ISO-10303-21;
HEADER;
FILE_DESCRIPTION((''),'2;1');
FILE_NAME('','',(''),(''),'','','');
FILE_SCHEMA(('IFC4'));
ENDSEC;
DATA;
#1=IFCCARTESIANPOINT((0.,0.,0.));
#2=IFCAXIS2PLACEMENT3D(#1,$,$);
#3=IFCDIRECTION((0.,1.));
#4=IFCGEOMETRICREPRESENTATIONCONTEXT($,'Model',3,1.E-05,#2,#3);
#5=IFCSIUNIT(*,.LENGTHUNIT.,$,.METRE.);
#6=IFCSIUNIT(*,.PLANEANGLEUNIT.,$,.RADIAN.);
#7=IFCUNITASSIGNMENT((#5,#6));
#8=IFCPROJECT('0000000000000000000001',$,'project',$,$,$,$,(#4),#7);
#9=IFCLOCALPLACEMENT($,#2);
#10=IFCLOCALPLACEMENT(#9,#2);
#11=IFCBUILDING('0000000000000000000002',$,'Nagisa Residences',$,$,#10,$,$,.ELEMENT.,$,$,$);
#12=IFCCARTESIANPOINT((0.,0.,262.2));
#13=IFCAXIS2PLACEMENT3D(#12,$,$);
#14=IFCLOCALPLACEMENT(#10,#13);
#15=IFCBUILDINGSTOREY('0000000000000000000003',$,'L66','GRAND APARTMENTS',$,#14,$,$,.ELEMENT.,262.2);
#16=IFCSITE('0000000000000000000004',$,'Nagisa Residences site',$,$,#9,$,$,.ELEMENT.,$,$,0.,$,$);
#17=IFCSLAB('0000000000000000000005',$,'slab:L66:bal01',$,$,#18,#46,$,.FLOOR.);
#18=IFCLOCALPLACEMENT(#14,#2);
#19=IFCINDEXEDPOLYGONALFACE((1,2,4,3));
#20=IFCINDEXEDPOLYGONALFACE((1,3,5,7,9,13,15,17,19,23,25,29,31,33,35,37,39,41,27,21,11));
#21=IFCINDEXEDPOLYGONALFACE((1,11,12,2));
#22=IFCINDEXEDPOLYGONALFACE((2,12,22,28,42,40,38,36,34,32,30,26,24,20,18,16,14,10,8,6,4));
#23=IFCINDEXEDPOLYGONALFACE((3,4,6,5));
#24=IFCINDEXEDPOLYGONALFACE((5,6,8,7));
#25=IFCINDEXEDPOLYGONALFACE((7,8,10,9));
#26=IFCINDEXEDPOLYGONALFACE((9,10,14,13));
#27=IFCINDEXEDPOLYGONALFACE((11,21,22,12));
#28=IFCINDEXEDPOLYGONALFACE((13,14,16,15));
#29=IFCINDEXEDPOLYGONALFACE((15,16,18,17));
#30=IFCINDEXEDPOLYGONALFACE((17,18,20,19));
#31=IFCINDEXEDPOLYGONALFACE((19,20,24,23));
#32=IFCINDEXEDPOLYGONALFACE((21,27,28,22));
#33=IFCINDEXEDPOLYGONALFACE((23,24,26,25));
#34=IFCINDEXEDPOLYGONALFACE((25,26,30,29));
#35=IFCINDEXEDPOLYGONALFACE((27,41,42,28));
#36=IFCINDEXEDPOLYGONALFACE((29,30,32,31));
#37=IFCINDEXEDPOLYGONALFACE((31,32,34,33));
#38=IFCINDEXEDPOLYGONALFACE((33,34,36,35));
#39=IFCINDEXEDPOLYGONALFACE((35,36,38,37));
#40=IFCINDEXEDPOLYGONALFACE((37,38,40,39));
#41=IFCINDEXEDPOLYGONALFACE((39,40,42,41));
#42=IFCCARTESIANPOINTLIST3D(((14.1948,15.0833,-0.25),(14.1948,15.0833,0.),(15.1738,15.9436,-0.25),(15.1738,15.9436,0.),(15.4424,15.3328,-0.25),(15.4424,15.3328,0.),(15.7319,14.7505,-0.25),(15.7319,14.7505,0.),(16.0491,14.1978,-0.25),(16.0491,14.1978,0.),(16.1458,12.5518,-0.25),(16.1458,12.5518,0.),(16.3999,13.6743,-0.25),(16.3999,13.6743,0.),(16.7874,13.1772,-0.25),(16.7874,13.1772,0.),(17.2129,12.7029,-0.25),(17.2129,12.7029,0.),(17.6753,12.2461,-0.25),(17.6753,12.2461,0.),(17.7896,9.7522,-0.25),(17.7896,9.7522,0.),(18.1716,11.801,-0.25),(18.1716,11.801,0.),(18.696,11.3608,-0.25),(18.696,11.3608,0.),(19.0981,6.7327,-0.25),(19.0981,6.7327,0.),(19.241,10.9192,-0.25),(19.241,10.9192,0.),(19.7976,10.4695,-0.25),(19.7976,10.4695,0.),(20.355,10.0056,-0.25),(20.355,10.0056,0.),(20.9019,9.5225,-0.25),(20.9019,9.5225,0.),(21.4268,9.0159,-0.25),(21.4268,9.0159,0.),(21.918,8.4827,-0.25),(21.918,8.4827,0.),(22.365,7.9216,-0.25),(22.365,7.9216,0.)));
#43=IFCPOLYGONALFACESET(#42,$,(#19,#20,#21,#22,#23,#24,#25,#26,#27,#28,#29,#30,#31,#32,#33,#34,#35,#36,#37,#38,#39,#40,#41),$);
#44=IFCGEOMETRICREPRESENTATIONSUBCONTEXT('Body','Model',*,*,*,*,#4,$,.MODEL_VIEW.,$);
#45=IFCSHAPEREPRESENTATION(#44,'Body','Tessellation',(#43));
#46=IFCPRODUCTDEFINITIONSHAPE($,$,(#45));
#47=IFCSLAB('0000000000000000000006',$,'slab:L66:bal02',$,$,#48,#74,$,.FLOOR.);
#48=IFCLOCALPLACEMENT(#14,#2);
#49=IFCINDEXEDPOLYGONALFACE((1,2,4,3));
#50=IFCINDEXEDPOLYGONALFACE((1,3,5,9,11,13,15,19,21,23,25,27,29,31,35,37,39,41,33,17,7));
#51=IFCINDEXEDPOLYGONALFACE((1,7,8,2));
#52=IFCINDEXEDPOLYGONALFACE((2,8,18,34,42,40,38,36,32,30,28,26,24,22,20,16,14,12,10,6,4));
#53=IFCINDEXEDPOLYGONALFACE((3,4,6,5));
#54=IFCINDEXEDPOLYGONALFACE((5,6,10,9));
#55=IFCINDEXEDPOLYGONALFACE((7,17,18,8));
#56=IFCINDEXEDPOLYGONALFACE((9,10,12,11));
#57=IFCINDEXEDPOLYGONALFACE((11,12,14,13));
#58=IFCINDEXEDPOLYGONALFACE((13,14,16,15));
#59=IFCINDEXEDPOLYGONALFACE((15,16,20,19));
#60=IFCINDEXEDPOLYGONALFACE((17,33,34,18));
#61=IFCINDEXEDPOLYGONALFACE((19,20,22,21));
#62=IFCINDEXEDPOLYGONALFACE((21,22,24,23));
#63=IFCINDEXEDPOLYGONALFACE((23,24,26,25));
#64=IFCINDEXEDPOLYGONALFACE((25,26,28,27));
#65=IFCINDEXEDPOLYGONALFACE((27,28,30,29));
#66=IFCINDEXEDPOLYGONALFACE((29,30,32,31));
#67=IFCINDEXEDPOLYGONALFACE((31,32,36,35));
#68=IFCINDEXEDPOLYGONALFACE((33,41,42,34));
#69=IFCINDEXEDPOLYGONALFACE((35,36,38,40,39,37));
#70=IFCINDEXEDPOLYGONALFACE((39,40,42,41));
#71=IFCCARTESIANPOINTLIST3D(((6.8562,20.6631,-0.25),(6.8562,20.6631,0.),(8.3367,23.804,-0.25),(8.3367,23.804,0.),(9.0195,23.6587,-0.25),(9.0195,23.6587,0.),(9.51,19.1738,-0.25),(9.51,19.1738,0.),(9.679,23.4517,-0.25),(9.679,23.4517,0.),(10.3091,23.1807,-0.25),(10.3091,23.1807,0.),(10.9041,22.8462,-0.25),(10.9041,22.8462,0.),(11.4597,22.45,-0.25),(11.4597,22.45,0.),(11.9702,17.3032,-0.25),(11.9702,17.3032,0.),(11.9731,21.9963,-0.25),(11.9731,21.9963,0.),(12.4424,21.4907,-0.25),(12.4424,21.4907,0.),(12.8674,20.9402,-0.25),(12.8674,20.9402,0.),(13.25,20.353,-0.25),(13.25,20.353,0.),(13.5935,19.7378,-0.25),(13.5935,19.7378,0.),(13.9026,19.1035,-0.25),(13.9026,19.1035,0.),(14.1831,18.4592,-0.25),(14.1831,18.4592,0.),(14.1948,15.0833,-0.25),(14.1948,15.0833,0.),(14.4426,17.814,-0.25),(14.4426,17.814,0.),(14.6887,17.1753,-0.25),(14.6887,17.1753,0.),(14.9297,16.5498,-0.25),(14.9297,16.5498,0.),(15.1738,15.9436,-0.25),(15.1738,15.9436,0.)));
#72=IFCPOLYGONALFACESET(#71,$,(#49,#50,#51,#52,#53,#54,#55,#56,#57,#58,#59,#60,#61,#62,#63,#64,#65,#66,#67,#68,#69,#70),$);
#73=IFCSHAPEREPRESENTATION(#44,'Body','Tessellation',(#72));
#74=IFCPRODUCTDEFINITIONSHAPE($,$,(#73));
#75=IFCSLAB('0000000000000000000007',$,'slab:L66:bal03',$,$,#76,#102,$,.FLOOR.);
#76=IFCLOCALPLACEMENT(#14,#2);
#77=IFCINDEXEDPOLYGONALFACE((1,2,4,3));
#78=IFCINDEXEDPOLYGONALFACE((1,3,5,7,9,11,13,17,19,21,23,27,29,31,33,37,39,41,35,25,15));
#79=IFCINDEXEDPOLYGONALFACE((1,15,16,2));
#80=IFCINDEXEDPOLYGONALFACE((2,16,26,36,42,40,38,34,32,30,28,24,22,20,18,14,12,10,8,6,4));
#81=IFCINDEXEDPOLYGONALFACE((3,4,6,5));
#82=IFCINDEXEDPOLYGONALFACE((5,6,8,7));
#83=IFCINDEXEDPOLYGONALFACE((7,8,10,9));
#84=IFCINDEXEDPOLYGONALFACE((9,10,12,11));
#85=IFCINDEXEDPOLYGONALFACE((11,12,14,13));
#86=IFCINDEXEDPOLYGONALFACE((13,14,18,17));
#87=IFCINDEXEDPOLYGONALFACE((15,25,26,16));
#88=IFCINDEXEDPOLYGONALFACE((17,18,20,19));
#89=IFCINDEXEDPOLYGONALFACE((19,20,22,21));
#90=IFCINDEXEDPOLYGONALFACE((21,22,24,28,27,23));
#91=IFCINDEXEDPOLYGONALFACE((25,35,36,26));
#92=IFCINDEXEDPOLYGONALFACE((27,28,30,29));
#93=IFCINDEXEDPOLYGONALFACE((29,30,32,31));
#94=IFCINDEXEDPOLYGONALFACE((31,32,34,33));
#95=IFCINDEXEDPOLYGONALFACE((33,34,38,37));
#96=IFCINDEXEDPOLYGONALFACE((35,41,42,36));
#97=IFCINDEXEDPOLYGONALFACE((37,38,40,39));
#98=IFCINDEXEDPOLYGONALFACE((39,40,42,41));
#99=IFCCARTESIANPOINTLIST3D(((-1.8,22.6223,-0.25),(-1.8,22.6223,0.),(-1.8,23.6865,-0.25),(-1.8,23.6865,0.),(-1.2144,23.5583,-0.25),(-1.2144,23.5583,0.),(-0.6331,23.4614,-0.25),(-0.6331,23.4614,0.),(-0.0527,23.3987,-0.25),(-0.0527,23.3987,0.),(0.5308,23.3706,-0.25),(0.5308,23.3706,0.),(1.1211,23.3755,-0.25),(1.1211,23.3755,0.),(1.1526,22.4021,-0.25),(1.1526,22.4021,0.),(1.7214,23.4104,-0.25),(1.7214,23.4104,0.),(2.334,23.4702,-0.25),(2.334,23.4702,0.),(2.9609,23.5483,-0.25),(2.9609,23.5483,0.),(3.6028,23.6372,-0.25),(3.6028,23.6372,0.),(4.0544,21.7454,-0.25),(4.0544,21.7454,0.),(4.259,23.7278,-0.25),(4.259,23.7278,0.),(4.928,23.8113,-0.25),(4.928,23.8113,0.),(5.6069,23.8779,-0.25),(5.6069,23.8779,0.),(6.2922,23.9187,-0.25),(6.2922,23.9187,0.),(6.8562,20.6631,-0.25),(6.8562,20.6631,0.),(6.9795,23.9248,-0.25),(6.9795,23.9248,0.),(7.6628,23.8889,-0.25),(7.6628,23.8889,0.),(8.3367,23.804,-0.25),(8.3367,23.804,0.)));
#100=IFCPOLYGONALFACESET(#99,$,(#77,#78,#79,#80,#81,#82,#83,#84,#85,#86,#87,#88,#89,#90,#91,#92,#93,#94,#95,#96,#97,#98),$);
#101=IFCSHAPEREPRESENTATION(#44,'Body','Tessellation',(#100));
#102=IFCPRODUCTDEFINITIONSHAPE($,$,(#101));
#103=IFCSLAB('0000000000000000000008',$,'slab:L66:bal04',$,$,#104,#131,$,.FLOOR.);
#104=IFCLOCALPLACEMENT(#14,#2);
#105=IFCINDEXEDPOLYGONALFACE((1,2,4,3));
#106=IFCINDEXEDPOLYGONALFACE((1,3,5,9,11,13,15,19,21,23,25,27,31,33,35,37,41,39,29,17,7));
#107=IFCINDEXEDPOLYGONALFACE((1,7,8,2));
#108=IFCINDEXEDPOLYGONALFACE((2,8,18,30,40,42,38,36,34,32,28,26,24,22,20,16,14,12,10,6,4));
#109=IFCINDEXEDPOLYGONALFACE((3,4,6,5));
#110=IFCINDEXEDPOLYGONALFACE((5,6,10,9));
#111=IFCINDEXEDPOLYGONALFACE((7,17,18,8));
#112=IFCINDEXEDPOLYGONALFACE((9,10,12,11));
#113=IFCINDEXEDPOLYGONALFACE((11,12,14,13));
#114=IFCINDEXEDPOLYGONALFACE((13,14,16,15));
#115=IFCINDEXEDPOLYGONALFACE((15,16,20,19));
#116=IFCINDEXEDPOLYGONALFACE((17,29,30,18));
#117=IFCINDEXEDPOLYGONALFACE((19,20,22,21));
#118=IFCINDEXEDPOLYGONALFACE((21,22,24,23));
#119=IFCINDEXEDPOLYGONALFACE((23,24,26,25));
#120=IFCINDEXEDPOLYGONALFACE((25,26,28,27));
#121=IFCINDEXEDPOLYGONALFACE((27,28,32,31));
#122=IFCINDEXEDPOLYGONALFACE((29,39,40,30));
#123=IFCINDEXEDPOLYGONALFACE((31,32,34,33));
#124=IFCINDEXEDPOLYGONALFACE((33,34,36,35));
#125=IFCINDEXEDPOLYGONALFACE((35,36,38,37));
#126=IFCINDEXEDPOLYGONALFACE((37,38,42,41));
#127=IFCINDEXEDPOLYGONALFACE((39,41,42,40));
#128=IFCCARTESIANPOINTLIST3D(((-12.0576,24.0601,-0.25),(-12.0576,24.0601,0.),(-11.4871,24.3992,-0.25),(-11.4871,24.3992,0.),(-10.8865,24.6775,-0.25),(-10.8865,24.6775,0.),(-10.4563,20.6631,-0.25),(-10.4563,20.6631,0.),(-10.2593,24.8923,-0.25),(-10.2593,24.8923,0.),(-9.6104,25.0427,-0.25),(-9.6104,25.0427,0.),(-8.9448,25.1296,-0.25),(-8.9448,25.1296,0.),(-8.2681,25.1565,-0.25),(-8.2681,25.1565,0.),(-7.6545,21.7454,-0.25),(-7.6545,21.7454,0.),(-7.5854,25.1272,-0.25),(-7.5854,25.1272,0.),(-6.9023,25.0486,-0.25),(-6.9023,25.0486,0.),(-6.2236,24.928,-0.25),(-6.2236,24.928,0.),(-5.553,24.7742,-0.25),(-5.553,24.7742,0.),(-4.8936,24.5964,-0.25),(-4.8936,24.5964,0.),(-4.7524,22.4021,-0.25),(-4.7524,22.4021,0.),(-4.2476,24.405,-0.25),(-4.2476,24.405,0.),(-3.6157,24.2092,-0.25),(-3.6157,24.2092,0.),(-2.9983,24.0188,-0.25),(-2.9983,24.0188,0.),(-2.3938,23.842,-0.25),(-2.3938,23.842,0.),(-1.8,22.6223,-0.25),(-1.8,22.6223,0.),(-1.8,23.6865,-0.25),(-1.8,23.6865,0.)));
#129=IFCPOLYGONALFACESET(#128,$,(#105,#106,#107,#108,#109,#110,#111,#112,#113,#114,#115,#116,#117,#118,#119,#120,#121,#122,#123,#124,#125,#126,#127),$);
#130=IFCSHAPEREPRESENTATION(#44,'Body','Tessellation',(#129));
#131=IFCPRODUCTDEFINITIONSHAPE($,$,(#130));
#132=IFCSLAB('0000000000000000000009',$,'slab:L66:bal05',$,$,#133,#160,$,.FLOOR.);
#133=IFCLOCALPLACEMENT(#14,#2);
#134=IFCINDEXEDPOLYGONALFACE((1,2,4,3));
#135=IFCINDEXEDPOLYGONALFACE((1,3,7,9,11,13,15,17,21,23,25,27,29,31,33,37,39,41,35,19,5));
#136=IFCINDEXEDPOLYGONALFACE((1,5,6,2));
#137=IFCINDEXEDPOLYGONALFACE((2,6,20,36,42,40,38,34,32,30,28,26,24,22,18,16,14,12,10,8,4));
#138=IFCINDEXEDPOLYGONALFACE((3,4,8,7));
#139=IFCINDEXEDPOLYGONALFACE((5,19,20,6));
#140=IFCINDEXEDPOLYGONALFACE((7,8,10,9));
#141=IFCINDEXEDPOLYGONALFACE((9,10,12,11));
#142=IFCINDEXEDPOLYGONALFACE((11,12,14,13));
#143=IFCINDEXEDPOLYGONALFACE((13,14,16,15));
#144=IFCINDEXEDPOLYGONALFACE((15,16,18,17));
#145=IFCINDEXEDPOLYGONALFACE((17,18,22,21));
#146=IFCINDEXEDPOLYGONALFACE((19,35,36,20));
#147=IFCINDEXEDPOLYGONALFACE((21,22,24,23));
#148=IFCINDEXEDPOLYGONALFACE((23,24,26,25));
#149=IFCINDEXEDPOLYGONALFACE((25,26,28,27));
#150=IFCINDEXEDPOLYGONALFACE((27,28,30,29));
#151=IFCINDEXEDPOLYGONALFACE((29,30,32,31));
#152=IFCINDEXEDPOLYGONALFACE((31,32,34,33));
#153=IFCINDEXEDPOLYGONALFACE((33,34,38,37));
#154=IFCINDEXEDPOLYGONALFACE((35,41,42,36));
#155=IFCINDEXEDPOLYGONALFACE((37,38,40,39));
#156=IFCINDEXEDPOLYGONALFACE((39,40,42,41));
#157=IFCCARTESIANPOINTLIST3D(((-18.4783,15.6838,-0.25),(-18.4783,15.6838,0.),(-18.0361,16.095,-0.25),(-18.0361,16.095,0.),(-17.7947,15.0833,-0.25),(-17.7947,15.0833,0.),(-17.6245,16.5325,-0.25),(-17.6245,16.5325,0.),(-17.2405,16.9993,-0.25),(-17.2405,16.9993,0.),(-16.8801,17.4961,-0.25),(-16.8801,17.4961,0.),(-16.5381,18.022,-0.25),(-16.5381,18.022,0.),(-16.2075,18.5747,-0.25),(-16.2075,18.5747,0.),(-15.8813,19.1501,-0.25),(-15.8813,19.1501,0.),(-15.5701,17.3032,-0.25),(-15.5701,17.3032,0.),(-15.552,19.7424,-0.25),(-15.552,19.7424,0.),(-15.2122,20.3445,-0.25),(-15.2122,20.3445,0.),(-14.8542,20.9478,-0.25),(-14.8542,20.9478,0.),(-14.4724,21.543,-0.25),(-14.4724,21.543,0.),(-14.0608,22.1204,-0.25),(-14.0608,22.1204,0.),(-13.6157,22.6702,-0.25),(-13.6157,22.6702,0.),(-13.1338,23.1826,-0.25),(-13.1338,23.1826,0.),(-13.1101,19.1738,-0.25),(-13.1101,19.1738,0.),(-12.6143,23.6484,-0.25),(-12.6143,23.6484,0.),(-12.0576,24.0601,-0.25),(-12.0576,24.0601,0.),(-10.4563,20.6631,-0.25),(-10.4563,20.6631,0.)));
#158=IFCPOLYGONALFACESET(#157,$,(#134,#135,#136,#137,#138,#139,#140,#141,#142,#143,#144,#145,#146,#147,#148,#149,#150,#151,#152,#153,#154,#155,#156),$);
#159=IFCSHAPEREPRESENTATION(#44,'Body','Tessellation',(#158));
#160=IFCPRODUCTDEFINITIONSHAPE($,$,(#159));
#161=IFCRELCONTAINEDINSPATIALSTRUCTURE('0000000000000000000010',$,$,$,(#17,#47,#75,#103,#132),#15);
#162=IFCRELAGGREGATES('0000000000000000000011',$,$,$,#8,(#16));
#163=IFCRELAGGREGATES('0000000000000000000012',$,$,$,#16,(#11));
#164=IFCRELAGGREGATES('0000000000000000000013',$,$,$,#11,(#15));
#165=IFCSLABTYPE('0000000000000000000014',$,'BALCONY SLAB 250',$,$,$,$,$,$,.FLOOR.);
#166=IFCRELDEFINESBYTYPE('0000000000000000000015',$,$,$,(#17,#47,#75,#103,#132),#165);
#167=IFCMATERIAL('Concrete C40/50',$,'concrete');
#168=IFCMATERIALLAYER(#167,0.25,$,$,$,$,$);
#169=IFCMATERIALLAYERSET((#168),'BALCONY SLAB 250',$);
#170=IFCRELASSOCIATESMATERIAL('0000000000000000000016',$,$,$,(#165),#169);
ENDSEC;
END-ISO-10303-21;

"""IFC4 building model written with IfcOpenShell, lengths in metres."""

from ifc_helpers import new_model, si_unit, direction, frame, origin, place, context, subcontext, project, spatial, polyline, outline, extrude, material, layer, layer_set, type_object, element, save


model = new_model("IFC4")

# Units and contexts
model_context = context("Model", 3, precision=1e-05, world=origin(), true_north=direction((0.0, 1.0)))
body_context = subcontext(model_context, "Body", "Model", "MODEL_VIEW")
ifc_project = project(units=[si_unit("LENGTHUNIT", "METRE"), si_unit("PLANEANGLEUNIT", "RADIAN")], contexts=[model_context])

# Site, building, storey
site_placement = place(None, origin())
site = spatial("IfcSite", under=ifc_project, at=site_placement, Name="Nagisa Residences site", CompositionType="ELEMENT", RefElevation=0.0)
building_placement = place(site_placement, origin())
building = spatial("IfcBuilding", under=site, at=building_placement, Name="Nagisa Residences", CompositionType="ELEMENT")
storey_placement = place(building_placement, frame((0.0, 0.0, 262.2)))
storey = spatial("IfcBuildingStorey", under=building, at=storey_placement, Name="L66", Description="GRAND APARTMENTS", CompositionType="ELEMENT", Elevation=262.2)

# Slabs
ifc_material_1 = material(Name="Concrete C40/50", Category="concrete")
ifc_layer_1 = layer(ifc_material_1, 0.25)
ifc_layer_set_1 = layer_set([ifc_layer_1], Name="BALCONY SLAB 250")
slab_type = type_object("IfcSlabType", Name="BALCONY SLAB 250", PredefinedType="FLOOR", material=ifc_layer_set_1)
slab_1_placement = place(storey_placement, frame((0.0, 0.0, -0.25)))
element("IfcSlab", 1, at=slab_1_placement, inside=storey, type_object=slab_type, Name="slab:L66:bal01", PredefinedType="FLOOR", context=body_context, shape_type="SweptSolid", body=[
    extrude(outline(polyline([(22.365, 7.9216), (21.918, 8.4827), (21.4268, 9.0159), (20.9019, 9.5225), (20.355, 10.0056), (19.7976, 10.4695), (19.241, 10.9192), (18.696, 11.3608), (18.1716, 11.801), (17.6753, 12.2461), (17.2129, 12.7029), (16.7874, 13.1772), (16.3999, 13.6743), (16.0491, 14.1978), (15.7319, 14.7505), (15.4424, 15.3328), (15.1738, 15.9436), (14.1948, 15.0833), (16.1458, 12.5518), (17.7896, 9.7522), (19.0981, 6.7327), (22.365, 7.9216)])), origin(), (0.0, 0.0, 1.0), 0.25),
])
slab_2_placement = place(storey_placement, frame((0.0, 0.0, -0.25)))
element("IfcSlab", 2, at=slab_2_placement, inside=storey, type_object=slab_type, Name="slab:L66:bal02", PredefinedType="FLOOR", context=body_context, shape_type="SweptSolid", body=[
    extrude(outline(polyline([(15.1738, 15.9436), (14.9297, 16.5498), (14.6887, 17.1753), (14.4426, 17.814), (14.1831, 18.4592), (13.9026, 19.1035), (13.5935, 19.7378), (13.25, 20.353), (12.8674, 20.9402), (12.4424, 21.4907), (11.9731, 21.9963), (11.4597, 22.45), (10.9041, 22.8462), (10.3091, 23.1807), (9.679, 23.4517), (9.0195, 23.6587), (8.3367, 23.804), (6.8562, 20.6631), (9.51, 19.1738), (11.9702, 17.3032), (14.1948, 15.0833), (15.1738, 15.9436)])), origin(), (0.0, 0.0, 1.0), 0.25),
])
slab_3_placement = place(storey_placement, frame((0.0, 0.0, -0.25)))
element("IfcSlab", 3, at=slab_3_placement, inside=storey, type_object=slab_type, Name="slab:L66:bal03", PredefinedType="FLOOR", context=body_context, shape_type="SweptSolid", body=[
    extrude(outline(polyline([(8.3367, 23.804), (7.6628, 23.8889), (6.9795, 23.9248), (6.2922, 23.9187), (5.6069, 23.8779), (4.928, 23.8113), (4.259, 23.7278), (3.6028, 23.6372), (2.9609, 23.5483), (2.334, 23.4702), (1.7214, 23.4104), (1.1211, 23.3755), (0.5308, 23.3706), (-0.0527, 23.3987), (-0.6331, 23.4614), (-1.2144, 23.5583), (-1.8, 23.6865), (-1.8, 22.6223), (1.1526, 22.4021), (4.0544, 21.7454), (6.8562, 20.6631), (8.3367, 23.804)])), origin(), (0.0, 0.0, 1.0), 0.25),
])
slab_4_placement = place(storey_placement, frame((0.0, 0.0, -0.25)))
element("IfcSlab", 4, at=slab_4_placement, inside=storey, type_object=slab_type, Name="slab:L66:bal04", PredefinedType="FLOOR", context=body_context, shape_type="SweptSolid", body=[
    extrude(outline(polyline([(-1.8, 23.6865), (-2.3938, 23.842), (-2.9983, 24.0188), (-3.6157, 24.2092), (-4.2476, 24.405), (-4.8936, 24.5964), (-5.553, 24.7742), (-6.2236, 24.928), (-6.9023, 25.0486), (-7.5854, 25.1272), (-8.2681, 25.1565), (-8.9448, 25.1296), (-9.6104, 25.0427), (-10.2593, 24.8923), (-10.8865, 24.6775), (-11.4871, 24.3992), (-12.0576, 24.0601), (-10.4563, 20.6631), (-7.6545, 21.7454), (-4.7524, 22.4021), (-1.8, 22.6223), (-1.8, 23.6865)])), origin(), (0.0, 0.0, 1.0), 0.25),
])
slab_5_placement = place(storey_placement, frame((0.0, 0.0, -0.25)))
element("IfcSlab", 5, at=slab_5_placement, inside=storey, type_object=slab_type, Name="slab:L66:bal05", PredefinedType="FLOOR", context=body_context, shape_type="SweptSolid", body=[
    extrude(outline(polyline([(-12.0576, 24.0601), (-12.6143, 23.6484), (-13.1338, 23.1826), (-13.6157, 22.6702), (-14.0608, 22.1204), (-14.4724, 21.543), (-14.8542, 20.9478), (-15.2122, 20.3445), (-15.552, 19.7424), (-15.8813, 19.1501), (-16.2075, 18.5747), (-16.5381, 18.022), (-16.8801, 17.4961), (-17.2405, 16.9993), (-17.6245, 16.5325), (-18.0361, 16.095), (-18.4783, 15.6838), (-17.7947, 15.0833), (-15.5701, 17.3032), (-13.1101, 19.1738), (-10.4563, 20.6631), (-12.0576, 24.0601)])), origin(), (0.0, 0.0, 1.0), 0.25),
])

save(model, "model.ifc")
